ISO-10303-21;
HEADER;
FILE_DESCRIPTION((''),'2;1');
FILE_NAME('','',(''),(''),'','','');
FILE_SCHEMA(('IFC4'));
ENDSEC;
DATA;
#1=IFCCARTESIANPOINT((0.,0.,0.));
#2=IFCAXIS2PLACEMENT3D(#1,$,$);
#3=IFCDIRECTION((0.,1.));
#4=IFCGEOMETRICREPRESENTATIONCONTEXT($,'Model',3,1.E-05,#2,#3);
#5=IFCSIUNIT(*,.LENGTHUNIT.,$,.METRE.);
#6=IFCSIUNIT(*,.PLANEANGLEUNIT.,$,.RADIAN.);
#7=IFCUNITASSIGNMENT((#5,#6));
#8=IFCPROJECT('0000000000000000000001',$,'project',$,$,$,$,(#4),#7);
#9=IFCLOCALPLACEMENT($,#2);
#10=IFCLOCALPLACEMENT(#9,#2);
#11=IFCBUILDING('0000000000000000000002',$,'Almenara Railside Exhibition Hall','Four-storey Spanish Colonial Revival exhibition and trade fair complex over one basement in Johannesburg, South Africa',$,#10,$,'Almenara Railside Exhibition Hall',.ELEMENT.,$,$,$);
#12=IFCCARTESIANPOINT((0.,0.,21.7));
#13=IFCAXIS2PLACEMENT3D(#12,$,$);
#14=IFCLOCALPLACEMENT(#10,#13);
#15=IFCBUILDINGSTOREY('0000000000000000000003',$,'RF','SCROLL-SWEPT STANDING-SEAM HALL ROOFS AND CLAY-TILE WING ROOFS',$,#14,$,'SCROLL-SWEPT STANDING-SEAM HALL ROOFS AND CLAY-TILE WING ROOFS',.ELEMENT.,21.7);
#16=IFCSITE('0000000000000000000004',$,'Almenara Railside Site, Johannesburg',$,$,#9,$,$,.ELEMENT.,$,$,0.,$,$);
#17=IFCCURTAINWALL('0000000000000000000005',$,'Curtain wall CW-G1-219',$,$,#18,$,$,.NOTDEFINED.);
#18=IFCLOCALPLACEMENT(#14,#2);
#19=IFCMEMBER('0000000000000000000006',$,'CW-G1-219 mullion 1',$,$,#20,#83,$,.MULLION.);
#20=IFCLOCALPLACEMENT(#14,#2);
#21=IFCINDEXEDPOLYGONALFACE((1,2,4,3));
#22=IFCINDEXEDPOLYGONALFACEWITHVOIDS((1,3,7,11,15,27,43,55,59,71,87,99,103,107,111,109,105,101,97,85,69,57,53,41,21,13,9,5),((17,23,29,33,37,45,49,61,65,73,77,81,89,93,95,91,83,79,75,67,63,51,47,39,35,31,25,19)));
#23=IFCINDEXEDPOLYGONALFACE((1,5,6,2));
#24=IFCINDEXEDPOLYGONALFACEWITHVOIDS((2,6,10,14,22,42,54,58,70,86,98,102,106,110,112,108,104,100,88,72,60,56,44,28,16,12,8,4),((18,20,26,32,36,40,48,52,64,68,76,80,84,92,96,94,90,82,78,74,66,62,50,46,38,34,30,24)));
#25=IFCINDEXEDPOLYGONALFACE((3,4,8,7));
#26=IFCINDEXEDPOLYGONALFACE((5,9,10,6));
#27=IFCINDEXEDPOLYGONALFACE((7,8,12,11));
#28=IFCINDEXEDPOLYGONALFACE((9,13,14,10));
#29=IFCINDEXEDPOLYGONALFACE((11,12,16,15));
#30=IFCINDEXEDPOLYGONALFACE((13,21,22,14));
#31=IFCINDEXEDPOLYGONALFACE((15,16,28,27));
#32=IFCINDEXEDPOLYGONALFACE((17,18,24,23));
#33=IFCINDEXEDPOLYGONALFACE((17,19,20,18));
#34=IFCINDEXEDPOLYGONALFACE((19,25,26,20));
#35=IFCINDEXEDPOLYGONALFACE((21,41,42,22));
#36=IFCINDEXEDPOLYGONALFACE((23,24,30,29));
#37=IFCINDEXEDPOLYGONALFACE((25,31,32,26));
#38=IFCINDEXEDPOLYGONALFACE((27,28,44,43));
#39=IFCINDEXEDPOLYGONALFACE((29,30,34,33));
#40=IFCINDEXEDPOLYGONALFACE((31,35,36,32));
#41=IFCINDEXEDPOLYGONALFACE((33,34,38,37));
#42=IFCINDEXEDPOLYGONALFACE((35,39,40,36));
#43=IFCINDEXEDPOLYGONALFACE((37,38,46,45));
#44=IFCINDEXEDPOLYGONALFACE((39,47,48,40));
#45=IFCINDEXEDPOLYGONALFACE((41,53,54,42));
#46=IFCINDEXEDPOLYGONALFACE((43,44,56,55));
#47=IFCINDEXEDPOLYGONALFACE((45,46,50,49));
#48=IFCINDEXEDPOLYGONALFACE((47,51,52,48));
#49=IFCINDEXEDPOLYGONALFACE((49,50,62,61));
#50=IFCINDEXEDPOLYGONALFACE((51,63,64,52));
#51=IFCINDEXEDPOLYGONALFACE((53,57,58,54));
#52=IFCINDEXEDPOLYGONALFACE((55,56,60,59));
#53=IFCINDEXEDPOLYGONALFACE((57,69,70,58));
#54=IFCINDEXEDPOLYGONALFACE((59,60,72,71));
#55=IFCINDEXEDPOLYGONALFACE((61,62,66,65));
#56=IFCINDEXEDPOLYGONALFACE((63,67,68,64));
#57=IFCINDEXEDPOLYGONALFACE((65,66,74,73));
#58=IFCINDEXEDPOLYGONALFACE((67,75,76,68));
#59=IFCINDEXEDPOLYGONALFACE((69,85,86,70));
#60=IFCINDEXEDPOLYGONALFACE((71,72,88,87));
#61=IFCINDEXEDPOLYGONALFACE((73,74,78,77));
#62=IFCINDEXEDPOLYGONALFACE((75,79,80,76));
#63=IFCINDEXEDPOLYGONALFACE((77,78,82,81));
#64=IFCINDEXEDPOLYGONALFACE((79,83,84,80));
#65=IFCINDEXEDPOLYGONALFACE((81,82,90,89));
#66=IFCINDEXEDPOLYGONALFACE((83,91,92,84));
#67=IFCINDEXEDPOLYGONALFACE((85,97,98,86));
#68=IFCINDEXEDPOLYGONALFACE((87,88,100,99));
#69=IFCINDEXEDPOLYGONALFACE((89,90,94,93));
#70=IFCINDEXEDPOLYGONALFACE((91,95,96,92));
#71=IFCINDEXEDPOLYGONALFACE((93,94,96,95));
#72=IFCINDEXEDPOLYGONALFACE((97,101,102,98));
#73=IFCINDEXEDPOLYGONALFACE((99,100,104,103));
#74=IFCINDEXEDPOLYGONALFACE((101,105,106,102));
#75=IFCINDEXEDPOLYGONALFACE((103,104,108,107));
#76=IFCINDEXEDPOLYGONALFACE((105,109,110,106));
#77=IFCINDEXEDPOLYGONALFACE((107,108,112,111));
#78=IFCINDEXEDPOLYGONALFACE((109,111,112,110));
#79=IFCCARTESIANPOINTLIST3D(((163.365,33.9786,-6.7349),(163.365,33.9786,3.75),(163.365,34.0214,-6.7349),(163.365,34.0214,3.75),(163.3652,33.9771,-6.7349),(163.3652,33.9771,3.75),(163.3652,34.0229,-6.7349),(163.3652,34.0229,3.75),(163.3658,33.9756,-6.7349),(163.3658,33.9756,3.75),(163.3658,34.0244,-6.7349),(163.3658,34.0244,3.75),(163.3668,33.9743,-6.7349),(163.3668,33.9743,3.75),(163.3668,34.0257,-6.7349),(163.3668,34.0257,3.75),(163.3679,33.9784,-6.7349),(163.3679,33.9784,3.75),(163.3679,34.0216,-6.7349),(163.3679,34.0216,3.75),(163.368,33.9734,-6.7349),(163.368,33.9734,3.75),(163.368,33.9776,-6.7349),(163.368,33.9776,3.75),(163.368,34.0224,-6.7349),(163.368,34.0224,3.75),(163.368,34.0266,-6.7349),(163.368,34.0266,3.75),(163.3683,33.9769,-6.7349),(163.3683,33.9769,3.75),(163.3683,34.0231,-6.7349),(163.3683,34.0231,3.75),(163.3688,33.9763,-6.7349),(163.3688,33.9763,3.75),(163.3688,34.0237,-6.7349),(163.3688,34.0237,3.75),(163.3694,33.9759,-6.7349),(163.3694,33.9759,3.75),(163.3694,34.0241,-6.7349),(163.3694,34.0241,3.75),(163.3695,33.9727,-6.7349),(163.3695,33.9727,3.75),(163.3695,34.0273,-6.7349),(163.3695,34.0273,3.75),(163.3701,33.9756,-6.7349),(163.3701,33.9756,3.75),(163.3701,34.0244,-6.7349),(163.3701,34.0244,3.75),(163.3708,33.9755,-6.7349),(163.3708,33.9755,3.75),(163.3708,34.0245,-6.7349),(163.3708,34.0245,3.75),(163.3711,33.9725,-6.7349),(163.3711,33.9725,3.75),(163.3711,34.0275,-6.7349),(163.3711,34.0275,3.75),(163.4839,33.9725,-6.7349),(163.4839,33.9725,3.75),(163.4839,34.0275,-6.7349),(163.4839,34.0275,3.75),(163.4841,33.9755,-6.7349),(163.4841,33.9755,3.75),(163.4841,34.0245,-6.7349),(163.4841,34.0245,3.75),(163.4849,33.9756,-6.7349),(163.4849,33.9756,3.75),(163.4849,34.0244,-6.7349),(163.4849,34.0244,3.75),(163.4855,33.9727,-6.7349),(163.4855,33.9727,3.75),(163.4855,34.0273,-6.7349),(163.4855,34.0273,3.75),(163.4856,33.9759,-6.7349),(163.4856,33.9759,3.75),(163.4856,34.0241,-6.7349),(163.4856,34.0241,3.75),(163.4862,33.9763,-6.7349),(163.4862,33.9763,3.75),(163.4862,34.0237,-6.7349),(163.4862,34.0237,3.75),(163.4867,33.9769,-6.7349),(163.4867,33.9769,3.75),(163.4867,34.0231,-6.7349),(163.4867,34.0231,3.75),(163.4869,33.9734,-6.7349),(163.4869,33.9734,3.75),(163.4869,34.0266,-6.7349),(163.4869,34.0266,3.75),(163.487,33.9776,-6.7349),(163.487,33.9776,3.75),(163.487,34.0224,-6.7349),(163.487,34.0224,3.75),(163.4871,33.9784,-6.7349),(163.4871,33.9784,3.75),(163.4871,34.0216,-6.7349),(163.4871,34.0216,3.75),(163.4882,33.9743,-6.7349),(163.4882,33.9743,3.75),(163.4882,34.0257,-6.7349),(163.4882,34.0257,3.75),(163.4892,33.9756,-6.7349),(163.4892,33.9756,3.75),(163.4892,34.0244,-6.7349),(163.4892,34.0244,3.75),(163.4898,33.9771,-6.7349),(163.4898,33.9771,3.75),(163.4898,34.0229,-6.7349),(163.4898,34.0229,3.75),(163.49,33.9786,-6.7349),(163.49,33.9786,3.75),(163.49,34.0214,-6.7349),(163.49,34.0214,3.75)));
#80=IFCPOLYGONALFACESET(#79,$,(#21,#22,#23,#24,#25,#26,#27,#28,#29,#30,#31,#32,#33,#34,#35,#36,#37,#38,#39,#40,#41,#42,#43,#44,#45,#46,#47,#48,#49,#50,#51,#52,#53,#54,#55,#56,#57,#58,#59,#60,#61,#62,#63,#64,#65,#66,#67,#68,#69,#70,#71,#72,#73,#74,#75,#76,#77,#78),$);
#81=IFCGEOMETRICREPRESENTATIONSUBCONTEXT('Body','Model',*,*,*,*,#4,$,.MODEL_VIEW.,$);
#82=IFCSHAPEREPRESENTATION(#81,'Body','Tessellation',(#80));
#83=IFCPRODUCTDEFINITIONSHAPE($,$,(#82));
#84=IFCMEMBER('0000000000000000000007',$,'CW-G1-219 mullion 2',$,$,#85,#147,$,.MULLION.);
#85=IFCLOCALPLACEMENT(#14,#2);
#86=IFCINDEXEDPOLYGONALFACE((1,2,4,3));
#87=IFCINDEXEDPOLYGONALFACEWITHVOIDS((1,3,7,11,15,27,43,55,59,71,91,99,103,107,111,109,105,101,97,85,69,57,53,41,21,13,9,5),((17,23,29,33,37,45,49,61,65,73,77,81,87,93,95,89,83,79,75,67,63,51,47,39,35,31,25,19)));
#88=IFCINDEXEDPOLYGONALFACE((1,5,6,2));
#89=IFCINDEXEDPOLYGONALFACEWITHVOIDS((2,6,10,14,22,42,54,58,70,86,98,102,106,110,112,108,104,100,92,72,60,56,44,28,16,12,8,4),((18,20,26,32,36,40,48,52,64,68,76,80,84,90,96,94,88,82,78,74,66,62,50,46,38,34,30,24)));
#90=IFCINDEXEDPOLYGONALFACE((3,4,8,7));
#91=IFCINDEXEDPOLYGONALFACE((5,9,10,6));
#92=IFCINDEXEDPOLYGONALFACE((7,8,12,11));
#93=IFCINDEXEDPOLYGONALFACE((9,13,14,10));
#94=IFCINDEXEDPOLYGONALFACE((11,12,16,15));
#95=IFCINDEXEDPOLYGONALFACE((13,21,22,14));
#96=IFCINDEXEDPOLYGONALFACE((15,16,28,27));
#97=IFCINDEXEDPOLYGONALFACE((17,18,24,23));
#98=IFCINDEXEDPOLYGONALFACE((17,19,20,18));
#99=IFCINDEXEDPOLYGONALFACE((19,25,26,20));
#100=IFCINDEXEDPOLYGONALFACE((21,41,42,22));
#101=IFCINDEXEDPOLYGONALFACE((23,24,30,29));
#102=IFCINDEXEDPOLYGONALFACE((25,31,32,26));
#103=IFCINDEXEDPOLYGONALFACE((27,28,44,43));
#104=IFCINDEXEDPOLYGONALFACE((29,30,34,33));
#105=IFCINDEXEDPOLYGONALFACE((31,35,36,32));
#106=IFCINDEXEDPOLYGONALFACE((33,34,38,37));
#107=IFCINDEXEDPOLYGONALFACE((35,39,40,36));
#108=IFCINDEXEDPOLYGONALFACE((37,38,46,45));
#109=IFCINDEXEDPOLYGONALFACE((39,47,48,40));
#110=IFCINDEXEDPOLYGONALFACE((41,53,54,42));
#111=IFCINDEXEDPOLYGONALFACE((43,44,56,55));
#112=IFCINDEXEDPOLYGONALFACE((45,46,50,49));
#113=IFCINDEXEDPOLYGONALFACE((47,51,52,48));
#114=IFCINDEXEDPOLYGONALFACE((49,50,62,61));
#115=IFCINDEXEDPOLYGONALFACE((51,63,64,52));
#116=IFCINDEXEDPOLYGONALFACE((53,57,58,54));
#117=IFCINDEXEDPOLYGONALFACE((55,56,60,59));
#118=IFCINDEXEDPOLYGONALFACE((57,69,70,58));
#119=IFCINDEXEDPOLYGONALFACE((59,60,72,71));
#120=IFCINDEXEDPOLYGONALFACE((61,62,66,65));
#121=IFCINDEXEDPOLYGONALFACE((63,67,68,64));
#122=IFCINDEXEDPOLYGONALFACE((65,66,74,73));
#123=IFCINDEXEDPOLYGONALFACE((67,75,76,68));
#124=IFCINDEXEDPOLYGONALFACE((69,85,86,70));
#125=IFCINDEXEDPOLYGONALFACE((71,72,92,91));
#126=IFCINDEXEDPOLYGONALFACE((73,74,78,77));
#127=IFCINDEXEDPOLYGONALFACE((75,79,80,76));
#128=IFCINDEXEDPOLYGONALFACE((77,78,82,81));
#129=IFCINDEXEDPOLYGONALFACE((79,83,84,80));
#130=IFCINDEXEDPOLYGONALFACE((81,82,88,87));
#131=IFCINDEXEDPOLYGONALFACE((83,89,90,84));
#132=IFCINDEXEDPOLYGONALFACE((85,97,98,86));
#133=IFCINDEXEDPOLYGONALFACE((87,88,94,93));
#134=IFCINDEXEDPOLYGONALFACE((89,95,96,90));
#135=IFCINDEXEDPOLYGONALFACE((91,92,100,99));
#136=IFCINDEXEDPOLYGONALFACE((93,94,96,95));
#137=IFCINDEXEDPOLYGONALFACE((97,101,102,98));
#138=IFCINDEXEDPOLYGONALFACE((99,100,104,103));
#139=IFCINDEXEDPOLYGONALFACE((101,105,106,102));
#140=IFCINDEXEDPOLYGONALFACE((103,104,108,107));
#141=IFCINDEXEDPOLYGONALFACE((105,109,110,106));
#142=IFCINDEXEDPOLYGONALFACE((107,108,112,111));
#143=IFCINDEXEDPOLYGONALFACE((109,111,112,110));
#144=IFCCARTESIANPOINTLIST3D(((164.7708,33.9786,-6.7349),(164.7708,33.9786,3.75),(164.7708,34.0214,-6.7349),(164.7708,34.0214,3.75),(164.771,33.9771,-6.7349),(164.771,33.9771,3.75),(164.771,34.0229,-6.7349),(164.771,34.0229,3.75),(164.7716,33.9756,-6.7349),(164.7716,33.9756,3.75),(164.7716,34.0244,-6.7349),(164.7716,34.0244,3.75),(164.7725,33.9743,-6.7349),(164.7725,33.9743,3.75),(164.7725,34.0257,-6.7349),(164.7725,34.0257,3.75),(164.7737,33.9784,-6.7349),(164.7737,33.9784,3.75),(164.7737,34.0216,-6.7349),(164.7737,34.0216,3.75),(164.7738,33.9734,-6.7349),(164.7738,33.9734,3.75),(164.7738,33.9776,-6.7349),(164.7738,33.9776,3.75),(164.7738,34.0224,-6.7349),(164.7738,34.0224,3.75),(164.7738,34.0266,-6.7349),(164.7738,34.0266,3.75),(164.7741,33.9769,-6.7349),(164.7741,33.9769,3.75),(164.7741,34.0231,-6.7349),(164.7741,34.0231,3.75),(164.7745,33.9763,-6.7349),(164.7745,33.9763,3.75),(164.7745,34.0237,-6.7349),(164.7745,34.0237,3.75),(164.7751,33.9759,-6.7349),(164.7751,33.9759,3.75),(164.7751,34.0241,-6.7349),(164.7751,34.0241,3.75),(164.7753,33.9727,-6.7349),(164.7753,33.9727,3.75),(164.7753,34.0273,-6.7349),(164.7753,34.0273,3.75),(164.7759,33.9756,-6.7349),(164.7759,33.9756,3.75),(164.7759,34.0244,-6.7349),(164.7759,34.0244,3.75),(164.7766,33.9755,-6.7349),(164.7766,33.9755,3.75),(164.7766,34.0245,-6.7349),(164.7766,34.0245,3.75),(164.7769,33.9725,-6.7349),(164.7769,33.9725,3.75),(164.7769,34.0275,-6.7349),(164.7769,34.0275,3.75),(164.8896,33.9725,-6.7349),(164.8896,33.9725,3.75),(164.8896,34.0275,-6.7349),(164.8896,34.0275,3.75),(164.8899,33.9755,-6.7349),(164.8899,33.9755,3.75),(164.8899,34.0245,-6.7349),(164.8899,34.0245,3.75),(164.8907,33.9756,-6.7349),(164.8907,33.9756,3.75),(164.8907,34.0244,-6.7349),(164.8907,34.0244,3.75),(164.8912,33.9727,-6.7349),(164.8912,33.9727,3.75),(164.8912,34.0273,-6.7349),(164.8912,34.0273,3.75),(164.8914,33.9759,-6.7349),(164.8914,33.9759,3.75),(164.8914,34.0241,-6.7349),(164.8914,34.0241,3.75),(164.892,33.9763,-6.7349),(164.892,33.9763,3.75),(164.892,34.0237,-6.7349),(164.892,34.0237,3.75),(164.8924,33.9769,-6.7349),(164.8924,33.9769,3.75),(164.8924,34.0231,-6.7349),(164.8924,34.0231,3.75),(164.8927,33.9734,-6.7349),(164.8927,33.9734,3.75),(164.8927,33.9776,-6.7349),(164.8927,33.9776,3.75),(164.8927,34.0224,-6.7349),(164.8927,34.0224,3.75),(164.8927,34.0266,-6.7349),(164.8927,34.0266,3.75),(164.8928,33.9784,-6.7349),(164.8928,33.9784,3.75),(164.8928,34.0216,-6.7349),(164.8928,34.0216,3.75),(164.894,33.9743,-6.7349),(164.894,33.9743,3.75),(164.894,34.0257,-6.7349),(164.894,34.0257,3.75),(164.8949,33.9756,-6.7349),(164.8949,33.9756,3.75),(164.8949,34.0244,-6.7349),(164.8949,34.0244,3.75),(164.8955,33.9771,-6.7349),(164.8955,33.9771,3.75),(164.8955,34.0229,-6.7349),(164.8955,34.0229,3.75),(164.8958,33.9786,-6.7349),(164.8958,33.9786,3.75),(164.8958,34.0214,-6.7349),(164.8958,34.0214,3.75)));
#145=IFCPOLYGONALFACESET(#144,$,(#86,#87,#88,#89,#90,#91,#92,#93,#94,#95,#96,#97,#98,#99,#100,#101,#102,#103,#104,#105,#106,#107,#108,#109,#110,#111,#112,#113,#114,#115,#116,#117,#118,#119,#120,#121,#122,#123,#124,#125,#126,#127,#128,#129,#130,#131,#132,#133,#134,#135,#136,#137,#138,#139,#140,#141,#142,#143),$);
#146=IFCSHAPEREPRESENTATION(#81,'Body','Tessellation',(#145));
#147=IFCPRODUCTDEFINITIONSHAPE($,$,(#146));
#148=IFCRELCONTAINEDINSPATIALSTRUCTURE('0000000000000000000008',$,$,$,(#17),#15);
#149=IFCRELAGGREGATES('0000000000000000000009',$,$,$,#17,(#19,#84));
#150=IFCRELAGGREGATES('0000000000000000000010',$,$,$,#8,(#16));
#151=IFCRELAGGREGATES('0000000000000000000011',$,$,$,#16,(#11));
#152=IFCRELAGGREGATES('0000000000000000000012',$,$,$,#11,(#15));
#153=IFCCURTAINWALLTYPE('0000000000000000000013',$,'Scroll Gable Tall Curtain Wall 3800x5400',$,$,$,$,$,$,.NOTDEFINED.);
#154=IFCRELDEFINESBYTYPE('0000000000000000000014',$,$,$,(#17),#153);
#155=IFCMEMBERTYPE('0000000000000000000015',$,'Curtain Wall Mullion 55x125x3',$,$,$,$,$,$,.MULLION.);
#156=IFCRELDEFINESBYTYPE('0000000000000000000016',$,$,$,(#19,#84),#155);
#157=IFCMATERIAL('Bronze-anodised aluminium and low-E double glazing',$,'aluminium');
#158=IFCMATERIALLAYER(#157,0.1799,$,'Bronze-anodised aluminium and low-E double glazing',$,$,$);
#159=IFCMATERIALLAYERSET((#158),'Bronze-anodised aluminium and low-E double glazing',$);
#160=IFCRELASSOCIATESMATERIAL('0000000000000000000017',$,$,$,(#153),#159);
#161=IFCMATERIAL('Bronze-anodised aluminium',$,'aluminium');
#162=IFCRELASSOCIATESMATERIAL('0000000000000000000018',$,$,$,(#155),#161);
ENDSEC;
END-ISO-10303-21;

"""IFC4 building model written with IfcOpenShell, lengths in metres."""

from ifc_helpers import new_model, si_unit, direction, frame, origin, origin_2d, place, context, subcontext, project, spatial, hollow_rectangle, extrude, material, layer, layer_set, material_profile, profile_set, type_object, element, aggregate, save


model = new_model("IFC4")

# Units and contexts
model_context = context("Model", 3, precision=1e-05, world=origin(), true_north=direction((0.0, 1.0)))
body_context = subcontext(model_context, "Body", "Model", "MODEL_VIEW")
ifc_project = project(units=[si_unit("LENGTHUNIT", "METRE"), si_unit("PLANEANGLEUNIT", "RADIAN")], contexts=[model_context])

# Site, building, storey
site_placement = place(None, origin())
site = spatial("IfcSite", under=ifc_project, at=site_placement, Name="Almenara Railside Site, Johannesburg", CompositionType="ELEMENT", RefElevation=0.0)
building_placement = place(site_placement, origin())
building = spatial("IfcBuilding", under=site, at=building_placement, Name="Almenara Railside Exhibition Hall", Description="Four-storey Spanish Colonial Revival exhibition and trade fair complex over one basement in Johannesburg, South Africa", LongName="Almenara Railside Exhibition Hall", CompositionType="ELEMENT")
storey_placement = place(building_placement, frame((0.0, 0.0, 21.7)))
storey = spatial("IfcBuildingStorey", under=building, at=storey_placement, Name="RF", Description="SCROLL-SWEPT STANDING-SEAM HALL ROOFS AND CLAY-TILE WING ROOFS", LongName="SCROLL-SWEPT STANDING-SEAM HALL ROOFS AND CLAY-TILE WING ROOFS", CompositionType="ELEMENT", Elevation=21.7)

# Curtain wall, members
ifc_material_1 = material(Name="Bronze-anodised aluminium and low-E double glazing", Category="aluminium")
ifc_layer_1 = layer(ifc_material_1, 0.1799, Name="Bronze-anodised aluminium and low-E double glazing")
ifc_layer_set_1 = layer_set([ifc_layer_1], Name="Bronze-anodised aluminium and low-E double glazing")
curtain_wall_type = type_object("IfcCurtainWallType", Name="Scroll Gable Tall Curtain Wall 3800x5400", PredefinedType="NOTDEFINED", material=ifc_layer_set_1)
curtain_wall_1_placement = place(storey_placement, origin())
curtain_wall_1 = element("IfcCurtainWall", 1, at=curtain_wall_1_placement, inside=storey, type_object=curtain_wall_type, Name="Curtain wall CW-G1-219", PredefinedType="NOTDEFINED")
ifc_material_2 = material(Name="Bronze-anodised aluminium", Category="aluminium")
ifc_material_profile_1 = material_profile(ifc_material_2, hollow_rectangle(XDim=0.0549, YDim=0.125, WallThickness=0.0029, InnerFilletRadius=0.0029, OuterFilletRadius=0.0061, at=origin_2d()), Name="ALU-MUL 55x125x3")
ifc_profile_set_1 = profile_set([ifc_material_profile_1], Name="Bronze-anodised aluminium")
member_type_1 = type_object("IfcMemberType", Name="Curtain Wall Mullion 55x125x3", PredefinedType="MULLION", material=ifc_profile_set_1)
member_1_placement = place(storey_placement, frame((163.4275, 34.0, -6.7349), z_axis=(0.0, 0.0, 1.0), x_axis=(0.0, 1.0, 0.0)))
member_1 = element("IfcMember", 2, at=member_1_placement, type_object=member_type_1, Name="CW-G1-219 mullion 1", PredefinedType="MULLION", context=body_context, shape_type="SweptSolid", body=[
    extrude(hollow_rectangle(XDim=0.0549, YDim=0.125, WallThickness=0.0029, InnerFilletRadius=0.0029, OuterFilletRadius=0.0061, at=origin_2d()), origin(), (0.0, 0.0, 1.0), 10.4849),
])
member_2_placement = place(storey_placement, frame((164.8333, 34.0, -6.7349), z_axis=(0.0, 0.0, 1.0), x_axis=(0.0, 1.0, 0.0)))
member_2 = element("IfcMember", 3, at=member_2_placement, type_object=member_type_1, Name="CW-G1-219 mullion 2", PredefinedType="MULLION", context=body_context, shape_type="SweptSolid", body=[
    extrude(hollow_rectangle(XDim=0.0549, YDim=0.125, WallThickness=0.0029, InnerFilletRadius=0.0029, OuterFilletRadius=0.0061, at=origin_2d()), origin(), (0.0, 0.0, 1.0), 10.4849),
])

aggregate(curtain_wall_1, [member_1, member_2])

save(model, "model.ifc")
